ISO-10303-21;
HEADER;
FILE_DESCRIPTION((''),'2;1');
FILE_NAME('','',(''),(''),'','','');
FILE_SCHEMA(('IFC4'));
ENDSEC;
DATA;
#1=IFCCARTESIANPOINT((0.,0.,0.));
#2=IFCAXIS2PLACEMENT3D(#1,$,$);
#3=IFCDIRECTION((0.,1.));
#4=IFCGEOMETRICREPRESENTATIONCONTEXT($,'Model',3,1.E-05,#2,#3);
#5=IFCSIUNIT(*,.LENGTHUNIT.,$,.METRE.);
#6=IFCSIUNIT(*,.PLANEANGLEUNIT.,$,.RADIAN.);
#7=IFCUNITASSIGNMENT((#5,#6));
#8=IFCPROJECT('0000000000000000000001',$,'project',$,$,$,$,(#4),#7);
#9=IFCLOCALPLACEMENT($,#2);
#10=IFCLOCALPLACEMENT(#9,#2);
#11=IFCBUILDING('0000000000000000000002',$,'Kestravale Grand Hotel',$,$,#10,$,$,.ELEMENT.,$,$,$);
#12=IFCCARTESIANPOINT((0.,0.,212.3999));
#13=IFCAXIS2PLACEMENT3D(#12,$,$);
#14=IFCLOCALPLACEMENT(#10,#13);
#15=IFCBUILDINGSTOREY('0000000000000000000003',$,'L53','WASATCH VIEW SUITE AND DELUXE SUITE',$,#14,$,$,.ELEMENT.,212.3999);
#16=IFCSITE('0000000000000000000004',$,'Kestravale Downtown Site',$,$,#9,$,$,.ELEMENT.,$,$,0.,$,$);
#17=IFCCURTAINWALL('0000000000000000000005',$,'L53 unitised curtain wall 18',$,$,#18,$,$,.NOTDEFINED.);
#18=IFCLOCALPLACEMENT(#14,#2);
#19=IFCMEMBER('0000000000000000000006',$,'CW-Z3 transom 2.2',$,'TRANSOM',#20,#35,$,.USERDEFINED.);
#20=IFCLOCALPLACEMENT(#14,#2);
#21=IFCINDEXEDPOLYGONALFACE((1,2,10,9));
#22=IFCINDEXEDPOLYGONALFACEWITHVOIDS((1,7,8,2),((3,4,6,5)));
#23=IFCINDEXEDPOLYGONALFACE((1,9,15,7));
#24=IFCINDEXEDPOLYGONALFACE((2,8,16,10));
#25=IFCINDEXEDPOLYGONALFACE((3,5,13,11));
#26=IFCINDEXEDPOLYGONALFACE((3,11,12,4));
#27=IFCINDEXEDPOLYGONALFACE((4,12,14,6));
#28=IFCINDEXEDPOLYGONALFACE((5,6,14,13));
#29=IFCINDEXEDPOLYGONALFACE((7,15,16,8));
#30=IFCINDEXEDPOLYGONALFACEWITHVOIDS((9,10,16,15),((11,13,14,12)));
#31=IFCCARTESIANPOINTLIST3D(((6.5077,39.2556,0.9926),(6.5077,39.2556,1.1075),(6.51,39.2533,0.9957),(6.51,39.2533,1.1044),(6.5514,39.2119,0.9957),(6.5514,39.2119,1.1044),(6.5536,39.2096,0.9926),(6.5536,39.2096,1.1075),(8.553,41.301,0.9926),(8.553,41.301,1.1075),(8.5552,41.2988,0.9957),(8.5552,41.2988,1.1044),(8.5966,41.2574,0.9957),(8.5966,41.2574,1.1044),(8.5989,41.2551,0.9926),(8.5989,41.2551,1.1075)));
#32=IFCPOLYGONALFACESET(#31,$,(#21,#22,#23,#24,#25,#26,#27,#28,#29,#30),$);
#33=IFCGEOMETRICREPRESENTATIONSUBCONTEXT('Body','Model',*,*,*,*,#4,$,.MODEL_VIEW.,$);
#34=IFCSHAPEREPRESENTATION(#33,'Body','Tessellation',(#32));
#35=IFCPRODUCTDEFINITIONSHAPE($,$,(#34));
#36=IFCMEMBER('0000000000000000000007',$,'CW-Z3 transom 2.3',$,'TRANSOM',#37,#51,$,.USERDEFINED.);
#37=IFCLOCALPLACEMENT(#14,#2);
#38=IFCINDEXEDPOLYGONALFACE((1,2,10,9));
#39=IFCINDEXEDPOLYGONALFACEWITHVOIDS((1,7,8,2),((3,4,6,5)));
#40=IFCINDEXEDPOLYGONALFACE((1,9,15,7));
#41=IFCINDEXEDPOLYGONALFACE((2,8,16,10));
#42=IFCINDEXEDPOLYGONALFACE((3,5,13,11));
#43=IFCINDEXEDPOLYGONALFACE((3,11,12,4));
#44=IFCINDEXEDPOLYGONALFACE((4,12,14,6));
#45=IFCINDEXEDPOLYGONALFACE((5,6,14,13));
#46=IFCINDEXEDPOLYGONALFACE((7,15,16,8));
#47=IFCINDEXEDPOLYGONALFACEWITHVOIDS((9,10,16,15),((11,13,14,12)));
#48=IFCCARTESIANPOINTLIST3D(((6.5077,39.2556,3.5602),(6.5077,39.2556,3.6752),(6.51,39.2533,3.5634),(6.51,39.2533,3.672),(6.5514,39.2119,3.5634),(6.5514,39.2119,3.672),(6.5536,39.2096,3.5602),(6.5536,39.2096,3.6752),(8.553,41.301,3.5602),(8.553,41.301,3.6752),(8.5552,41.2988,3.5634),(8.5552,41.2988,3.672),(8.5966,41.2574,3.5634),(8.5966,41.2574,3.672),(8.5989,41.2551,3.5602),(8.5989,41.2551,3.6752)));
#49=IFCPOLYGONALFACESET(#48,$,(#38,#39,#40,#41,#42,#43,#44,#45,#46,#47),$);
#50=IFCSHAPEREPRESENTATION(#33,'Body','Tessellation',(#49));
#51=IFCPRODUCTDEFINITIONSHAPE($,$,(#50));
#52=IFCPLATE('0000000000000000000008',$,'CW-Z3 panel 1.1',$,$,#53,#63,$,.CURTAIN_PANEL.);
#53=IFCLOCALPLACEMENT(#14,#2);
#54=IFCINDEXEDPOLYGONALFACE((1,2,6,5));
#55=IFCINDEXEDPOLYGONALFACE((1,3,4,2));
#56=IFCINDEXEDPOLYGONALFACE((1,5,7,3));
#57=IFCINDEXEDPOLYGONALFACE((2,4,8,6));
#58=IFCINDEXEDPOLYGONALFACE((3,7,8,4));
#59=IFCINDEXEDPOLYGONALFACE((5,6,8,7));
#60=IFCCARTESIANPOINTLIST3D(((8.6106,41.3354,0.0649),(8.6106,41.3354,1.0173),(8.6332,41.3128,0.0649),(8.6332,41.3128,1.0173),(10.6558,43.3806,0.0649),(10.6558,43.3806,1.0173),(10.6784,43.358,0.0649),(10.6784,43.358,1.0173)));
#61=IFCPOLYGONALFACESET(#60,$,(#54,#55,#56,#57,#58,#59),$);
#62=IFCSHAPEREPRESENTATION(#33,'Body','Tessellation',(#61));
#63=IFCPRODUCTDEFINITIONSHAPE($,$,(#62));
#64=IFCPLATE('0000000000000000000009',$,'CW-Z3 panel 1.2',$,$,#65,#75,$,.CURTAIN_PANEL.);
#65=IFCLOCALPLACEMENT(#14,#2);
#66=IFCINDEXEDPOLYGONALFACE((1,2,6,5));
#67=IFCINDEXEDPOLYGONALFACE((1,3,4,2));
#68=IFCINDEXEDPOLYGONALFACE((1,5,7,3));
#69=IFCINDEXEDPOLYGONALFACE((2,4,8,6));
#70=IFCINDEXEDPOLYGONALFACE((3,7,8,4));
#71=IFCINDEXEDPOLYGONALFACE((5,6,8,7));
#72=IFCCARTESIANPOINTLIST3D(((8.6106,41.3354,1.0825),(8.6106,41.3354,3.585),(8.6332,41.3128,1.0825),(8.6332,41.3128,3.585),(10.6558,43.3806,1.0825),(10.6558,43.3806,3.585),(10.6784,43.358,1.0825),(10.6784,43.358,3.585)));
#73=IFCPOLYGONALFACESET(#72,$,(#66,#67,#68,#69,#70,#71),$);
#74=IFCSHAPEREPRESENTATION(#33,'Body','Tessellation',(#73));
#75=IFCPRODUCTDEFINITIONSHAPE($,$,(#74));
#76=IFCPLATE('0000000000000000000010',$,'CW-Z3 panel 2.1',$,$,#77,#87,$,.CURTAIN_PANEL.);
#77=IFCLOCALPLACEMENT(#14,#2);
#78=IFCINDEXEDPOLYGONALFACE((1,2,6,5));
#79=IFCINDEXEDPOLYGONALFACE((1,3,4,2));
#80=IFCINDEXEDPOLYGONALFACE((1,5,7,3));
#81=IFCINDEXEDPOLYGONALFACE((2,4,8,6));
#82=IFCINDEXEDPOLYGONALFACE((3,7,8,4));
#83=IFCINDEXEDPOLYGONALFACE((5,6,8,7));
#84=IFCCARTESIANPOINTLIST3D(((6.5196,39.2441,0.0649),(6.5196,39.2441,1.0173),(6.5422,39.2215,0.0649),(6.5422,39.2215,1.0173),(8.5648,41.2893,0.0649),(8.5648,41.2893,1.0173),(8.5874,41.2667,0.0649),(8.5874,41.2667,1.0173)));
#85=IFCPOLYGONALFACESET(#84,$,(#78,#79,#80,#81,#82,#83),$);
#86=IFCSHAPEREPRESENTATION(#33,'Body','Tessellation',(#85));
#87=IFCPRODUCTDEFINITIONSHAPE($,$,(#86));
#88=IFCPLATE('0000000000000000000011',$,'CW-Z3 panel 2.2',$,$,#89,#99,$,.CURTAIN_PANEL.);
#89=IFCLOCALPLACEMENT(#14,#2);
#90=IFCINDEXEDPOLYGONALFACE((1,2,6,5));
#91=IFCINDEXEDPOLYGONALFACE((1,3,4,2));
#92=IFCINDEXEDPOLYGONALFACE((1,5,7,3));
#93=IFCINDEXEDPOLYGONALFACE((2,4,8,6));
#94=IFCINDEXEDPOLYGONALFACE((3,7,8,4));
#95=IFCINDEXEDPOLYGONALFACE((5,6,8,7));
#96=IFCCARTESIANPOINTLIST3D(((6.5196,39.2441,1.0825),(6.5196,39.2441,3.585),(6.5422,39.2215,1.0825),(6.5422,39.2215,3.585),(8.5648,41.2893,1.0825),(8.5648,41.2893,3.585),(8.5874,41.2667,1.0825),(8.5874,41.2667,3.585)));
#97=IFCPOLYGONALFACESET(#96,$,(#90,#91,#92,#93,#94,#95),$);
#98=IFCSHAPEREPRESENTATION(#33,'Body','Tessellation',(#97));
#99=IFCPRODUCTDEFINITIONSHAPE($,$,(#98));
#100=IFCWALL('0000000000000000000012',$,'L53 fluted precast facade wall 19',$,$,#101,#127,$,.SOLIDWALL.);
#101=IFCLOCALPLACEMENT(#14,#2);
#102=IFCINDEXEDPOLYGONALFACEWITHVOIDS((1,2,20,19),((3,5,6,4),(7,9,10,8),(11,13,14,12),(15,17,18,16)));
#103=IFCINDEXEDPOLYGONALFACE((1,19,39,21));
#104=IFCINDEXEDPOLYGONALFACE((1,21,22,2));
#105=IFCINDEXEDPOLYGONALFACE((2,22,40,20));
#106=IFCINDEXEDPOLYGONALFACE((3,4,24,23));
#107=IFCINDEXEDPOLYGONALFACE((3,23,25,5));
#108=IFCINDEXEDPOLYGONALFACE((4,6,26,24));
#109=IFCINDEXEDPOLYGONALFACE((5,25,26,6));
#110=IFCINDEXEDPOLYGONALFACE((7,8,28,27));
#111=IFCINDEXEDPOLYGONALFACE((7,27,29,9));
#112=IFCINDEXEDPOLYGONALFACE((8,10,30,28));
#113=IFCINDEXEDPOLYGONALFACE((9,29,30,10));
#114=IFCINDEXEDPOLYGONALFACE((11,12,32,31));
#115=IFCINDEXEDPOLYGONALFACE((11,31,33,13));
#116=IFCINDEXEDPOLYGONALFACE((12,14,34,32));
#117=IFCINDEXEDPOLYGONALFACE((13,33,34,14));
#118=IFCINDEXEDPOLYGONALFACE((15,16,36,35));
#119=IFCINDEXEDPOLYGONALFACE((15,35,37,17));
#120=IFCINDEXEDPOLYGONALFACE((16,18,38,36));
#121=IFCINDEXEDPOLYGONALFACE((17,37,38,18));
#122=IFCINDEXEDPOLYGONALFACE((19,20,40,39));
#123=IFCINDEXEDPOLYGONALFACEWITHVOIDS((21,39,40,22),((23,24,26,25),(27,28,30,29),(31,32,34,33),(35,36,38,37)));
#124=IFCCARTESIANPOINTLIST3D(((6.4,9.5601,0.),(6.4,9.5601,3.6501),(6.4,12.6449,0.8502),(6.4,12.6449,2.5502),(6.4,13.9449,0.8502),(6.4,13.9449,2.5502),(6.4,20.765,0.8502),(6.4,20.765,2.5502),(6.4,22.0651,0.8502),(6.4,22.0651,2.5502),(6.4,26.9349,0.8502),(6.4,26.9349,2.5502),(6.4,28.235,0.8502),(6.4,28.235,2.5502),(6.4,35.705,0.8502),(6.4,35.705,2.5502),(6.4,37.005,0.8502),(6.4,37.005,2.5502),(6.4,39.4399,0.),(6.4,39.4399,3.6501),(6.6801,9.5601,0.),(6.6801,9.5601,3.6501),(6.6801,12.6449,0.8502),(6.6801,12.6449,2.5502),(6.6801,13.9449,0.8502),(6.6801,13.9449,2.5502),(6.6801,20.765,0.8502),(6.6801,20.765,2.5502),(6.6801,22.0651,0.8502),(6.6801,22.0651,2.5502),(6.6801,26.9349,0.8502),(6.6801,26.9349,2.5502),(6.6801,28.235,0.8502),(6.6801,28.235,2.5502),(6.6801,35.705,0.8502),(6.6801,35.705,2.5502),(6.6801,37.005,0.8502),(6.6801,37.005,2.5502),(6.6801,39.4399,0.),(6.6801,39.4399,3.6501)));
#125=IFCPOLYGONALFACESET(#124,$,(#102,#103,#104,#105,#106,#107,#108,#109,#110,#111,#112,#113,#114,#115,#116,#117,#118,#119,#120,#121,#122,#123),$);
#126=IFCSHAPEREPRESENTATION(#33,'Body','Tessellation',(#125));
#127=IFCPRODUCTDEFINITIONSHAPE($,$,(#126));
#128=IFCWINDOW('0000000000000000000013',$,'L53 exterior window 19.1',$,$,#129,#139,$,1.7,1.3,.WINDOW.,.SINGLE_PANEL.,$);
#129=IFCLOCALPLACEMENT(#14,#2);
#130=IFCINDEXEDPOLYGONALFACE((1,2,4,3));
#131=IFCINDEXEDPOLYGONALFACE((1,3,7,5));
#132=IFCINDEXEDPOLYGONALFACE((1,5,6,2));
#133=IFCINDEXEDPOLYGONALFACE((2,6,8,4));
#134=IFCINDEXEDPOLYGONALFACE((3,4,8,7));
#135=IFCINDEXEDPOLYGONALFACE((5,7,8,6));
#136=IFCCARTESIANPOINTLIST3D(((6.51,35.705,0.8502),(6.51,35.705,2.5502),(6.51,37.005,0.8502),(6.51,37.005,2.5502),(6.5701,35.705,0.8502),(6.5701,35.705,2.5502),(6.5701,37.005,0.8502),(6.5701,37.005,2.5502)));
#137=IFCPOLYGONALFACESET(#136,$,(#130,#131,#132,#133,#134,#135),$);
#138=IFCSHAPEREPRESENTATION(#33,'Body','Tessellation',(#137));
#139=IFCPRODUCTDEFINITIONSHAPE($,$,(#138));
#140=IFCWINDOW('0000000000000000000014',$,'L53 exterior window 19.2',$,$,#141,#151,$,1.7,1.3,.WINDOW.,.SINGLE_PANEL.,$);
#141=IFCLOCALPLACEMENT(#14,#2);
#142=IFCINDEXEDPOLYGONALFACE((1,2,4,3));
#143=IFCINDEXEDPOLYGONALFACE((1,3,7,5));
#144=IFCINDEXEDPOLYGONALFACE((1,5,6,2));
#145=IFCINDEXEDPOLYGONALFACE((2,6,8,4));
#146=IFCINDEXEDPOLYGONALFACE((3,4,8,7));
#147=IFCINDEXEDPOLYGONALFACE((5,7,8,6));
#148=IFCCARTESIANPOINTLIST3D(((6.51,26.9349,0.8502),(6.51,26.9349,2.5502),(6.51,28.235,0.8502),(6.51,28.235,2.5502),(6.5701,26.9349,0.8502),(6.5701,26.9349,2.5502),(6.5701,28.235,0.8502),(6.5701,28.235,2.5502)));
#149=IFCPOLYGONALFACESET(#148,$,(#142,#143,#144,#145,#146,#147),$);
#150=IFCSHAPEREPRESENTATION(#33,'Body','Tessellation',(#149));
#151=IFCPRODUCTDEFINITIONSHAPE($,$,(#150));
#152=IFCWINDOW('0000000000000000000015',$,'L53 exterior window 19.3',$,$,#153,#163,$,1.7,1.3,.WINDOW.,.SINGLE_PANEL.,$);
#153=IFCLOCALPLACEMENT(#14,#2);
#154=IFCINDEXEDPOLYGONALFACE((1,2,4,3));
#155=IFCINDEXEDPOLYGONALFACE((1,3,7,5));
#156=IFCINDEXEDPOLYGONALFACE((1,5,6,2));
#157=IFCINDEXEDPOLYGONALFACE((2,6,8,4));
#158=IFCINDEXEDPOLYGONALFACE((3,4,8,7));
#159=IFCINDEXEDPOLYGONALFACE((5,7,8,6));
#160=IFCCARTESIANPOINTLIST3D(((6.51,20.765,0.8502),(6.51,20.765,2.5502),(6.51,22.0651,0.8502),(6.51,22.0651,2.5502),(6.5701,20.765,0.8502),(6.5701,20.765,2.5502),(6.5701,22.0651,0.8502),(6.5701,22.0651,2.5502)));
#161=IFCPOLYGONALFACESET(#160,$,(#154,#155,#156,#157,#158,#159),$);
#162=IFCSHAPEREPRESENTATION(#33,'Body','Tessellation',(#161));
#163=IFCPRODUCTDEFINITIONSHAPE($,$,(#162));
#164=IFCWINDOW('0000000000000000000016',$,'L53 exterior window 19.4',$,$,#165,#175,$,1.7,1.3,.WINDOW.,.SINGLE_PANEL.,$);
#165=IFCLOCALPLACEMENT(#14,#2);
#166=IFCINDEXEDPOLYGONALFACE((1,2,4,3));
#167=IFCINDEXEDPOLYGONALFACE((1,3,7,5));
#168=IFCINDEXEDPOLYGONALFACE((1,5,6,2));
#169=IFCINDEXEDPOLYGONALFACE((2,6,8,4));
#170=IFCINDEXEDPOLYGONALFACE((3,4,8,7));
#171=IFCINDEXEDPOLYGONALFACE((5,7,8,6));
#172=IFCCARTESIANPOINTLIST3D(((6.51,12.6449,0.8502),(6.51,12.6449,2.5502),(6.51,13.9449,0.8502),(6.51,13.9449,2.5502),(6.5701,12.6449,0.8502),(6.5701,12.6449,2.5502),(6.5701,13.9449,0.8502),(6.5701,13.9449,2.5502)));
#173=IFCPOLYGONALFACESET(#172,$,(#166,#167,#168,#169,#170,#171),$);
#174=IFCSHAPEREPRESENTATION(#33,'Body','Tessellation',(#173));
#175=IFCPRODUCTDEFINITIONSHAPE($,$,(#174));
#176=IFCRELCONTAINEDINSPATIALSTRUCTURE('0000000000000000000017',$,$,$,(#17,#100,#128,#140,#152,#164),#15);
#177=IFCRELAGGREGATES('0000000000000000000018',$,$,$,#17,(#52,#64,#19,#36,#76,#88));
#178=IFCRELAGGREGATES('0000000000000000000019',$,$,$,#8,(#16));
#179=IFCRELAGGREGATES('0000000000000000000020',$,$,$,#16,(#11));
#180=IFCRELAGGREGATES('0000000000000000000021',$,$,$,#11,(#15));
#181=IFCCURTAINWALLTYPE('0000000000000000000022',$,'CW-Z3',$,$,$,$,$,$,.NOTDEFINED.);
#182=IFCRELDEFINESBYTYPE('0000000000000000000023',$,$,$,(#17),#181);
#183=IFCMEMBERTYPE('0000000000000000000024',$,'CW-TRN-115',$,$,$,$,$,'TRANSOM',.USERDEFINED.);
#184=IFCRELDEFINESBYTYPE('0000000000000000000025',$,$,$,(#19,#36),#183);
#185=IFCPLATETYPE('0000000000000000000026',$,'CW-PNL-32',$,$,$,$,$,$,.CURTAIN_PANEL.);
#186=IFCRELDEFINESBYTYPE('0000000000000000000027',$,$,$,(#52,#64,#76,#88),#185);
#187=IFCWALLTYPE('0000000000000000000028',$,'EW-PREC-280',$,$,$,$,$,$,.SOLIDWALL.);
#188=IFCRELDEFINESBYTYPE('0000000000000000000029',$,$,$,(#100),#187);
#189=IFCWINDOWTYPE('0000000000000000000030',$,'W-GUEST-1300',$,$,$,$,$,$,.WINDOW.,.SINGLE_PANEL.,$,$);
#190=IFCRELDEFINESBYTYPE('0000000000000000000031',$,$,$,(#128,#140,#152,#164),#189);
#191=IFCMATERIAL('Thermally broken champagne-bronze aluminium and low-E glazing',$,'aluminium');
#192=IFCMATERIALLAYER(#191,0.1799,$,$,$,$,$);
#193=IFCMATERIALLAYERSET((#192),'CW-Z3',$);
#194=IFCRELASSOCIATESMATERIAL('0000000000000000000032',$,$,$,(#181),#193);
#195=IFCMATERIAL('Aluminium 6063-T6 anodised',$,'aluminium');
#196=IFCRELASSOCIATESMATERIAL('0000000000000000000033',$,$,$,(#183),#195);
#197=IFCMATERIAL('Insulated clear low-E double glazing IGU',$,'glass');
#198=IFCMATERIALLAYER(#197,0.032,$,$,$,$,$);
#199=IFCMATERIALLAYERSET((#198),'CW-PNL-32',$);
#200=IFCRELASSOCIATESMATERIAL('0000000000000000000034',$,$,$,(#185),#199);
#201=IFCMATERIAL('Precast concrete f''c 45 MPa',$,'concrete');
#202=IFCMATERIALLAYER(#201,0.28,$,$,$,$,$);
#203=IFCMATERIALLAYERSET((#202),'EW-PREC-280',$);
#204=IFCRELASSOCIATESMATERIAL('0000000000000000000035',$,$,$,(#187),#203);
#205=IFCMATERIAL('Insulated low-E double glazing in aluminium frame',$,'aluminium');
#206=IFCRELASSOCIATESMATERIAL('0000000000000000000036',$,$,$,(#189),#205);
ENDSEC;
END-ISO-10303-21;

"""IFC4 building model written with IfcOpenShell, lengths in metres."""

from ifc_helpers import new_model, si_unit, direction, frame, frame_2d, origin, origin_2d, place, context, subcontext, project, spatial, rectangle, hollow_rectangle, extrude, material, layer, layer_set, material_profile, profile_set, type_object, element, fill, aggregate, save


model = new_model("IFC4")

# Units and contexts
model_context = context("Model", 3, precision=1e-05, world=origin(), true_north=direction((0.0, 1.0)))
body_context = subcontext(model_context, "Body", "Model", "MODEL_VIEW")
ifc_project = project(units=[si_unit("LENGTHUNIT", "METRE"), si_unit("PLANEANGLEUNIT", "RADIAN")], contexts=[model_context])

# Site, building, storey
site_placement = place(None, origin())
site = spatial("IfcSite", under=ifc_project, at=site_placement, Name="Kestravale Downtown Site", CompositionType="ELEMENT", RefElevation=0.0)
building_placement = place(site_placement, origin())
building = spatial("IfcBuilding", under=site, at=building_placement, Name="Kestravale Grand Hotel", CompositionType="ELEMENT")
storey_placement = place(building_placement, frame((0.0, 0.0, 212.3999)))
storey = spatial("IfcBuildingStorey", under=building, at=storey_placement, Name="L53", Description="WASATCH VIEW SUITE AND DELUXE SUITE", CompositionType="ELEMENT", Elevation=212.3999)

# Curtain wall, members, plates
ifc_material_1 = material(Name="Thermally broken champagne-bronze aluminium and low-E glazing", Category="aluminium")
ifc_layer_1 = layer(ifc_material_1, 0.1799)
ifc_layer_set_1 = layer_set([ifc_layer_1], Name="CW-Z3")
curtain_wall_type = type_object("IfcCurtainWallType", Name="CW-Z3", PredefinedType="NOTDEFINED", material=ifc_layer_set_1)
curtain_wall_placement = place(storey_placement, origin())
curtain_wall = element("IfcCurtainWall", 1, at=curtain_wall_placement, inside=storey, type_object=curtain_wall_type, Name="L53 unitised curtain wall 18", PredefinedType="NOTDEFINED")
ifc_material_2 = material(Name="Aluminium 6063-T6 anodised", Category="aluminium")
ifc_material_profile_1 = material_profile(ifc_material_2, hollow_rectangle(XDim=0.0649, YDim=0.115, WallThickness=0.0032, at=origin_2d()))
ifc_profile_set_1 = profile_set([ifc_material_profile_1], Name="Aluminium 6063-T6 anodised")
member_type_1 = type_object("IfcMemberType", Name="CW-TRN-115", ElementType="TRANSOM", PredefinedType="USERDEFINED", material=ifc_profile_set_1)
member_1_placement = place(storey_placement, frame((8.5759, 41.2781, 1.05), z_axis=(-0.707065, -0.707149, 0.0), x_axis=(0.707149, -0.707065, 0.0)))
member_1 = element("IfcMember", 2, at=member_1_placement, type_object=member_type_1, Name="CW-Z3 transom 2.2", ObjectType="TRANSOM", PredefinedType="USERDEFINED", context=body_context, shape_type="SweptSolid", body=[
    extrude(hollow_rectangle(XDim=0.0649, YDim=0.115, WallThickness=0.0032, at=origin_2d()), origin(), (0.0, 0.0, 1.0), 2.8926),
])
member_2_placement = place(storey_placement, frame((8.5759, 41.2781, 3.6177), z_axis=(-0.707065, -0.707149, 0.0), x_axis=(0.707149, -0.707065, 0.0)))
member_2 = element("IfcMember", 3, at=member_2_placement, type_object=member_type_1, Name="CW-Z3 transom 2.3", ObjectType="TRANSOM", PredefinedType="USERDEFINED", context=body_context, shape_type="SweptSolid", body=[
    extrude(hollow_rectangle(XDim=0.0649, YDim=0.115, WallThickness=0.0032, at=origin_2d()), origin(), (0.0, 0.0, 1.0), 2.8926),
])
ifc_material_3 = material(Name="Insulated clear low-E double glazing IGU", Category="glass")
ifc_layer_2 = layer(ifc_material_3, 0.032)
ifc_layer_set_2 = layer_set([ifc_layer_2], Name="CW-PNL-32")
plate_type = type_object("IfcPlateType", Name="CW-PNL-32", PredefinedType="CURTAIN_PANEL", material=ifc_layer_set_2)
plate_1_placement = place(storey_placement, frame((9.6445, 42.3467, 0.0649), z_axis=(0.0, 0.0, 1.0), x_axis=(-0.707107, -0.707107, 0.0)))
plate_1 = element("IfcPlate", 4, at=plate_1_placement, type_object=plate_type, Name="CW-Z3 panel 1.1", PredefinedType="CURTAIN_PANEL", context=body_context, shape_type="SweptSolid", body=[
    extrude(rectangle(XDim=2.8923, YDim=0.032, at=origin_2d()), origin(), (0.0, 0.0, 1.0), 0.9524),
])
plate_2_placement = place(storey_placement, frame((9.6445, 42.3467, 1.0825), z_axis=(0.0, 0.0, 1.0), x_axis=(-0.707107, -0.707107, 0.0)))
plate_2 = element("IfcPlate", 5, at=plate_2_placement, type_object=plate_type, Name="CW-Z3 panel 1.2", PredefinedType="CURTAIN_PANEL", context=body_context, shape_type="SweptSolid", body=[
    extrude(rectangle(XDim=2.8923, YDim=0.032, at=origin_2d()), origin(), (0.0, 0.0, 1.0), 2.5024),
])
plate_3_placement = place(storey_placement, frame((7.5535, 40.2554, 0.0649), z_axis=(0.0, 0.0, 1.0), x_axis=(-0.707107, -0.707107, 0.0)))
plate_3 = element("IfcPlate", 6, at=plate_3_placement, type_object=plate_type, Name="CW-Z3 panel 2.1", PredefinedType="CURTAIN_PANEL", context=body_context, shape_type="SweptSolid", body=[
    extrude(rectangle(XDim=2.8923, YDim=0.032, at=origin_2d()), origin(), (0.0, 0.0, 1.0), 0.9524),
])
plate_4_placement = place(storey_placement, frame((7.5535, 40.2554, 1.0825), z_axis=(0.0, 0.0, 1.0), x_axis=(-0.707107, -0.707107, 0.0)))
plate_4 = element("IfcPlate", 7, at=plate_4_placement, type_object=plate_type, Name="CW-Z3 panel 2.2", PredefinedType="CURTAIN_PANEL", context=body_context, shape_type="SweptSolid", body=[
    extrude(rectangle(XDim=2.8923, YDim=0.032, at=origin_2d()), origin(), (0.0, 0.0, 1.0), 2.5024),
])
aggregate(curtain_wall, [plate_1, plate_2, member_1, member_2, plate_3, plate_4])

# Wall, openings, windows
ifc_material_4 = material(Name="Precast concrete f'c 45 MPa", Category="concrete")
ifc_layer_3 = layer(ifc_material_4, 0.28)
ifc_layer_set_3 = layer_set([ifc_layer_3], Name="EW-PREC-280")
wall_type_1 = type_object("IfcWallType", Name="EW-PREC-280", PredefinedType="SOLIDWALL", material=ifc_layer_set_3)
wall_1_placement = place(storey_placement, frame((6.54, 39.4399, 0.0), z_axis=(0.0, 0.0, 1.0), x_axis=(0.0, -1.0, 0.0)))
wall_1 = element("IfcWall", 8, at=wall_1_placement, inside=storey, type_object=wall_type_1, Name="L53 fluted precast facade wall 19", PredefinedType="SOLIDWALL", context=body_context, shape_type="SweptSolid", body=[
    extrude(rectangle(XDim=29.8799, YDim=0.28, at=frame_2d((14.9399, 0.0))), origin(), (0.0, 0.0, 1.0), 3.6501),
])
opening_1_placement = place(wall_1_placement, frame((2.4351, 0.0, 0.8501)))
opening_1 = element("IfcOpeningElement", 9, at=opening_1_placement, cuts=wall_1, PredefinedType="OPENING", context=body_context, shape_type="SweptSolid", body=[
    extrude(rectangle(XDim=1.3, YDim=1.7, at=frame_2d((0.6499, 0.8501))), frame((0.0, 0.1499, 0.0), z_axis=(0.0, -1.0, 0.0), x_axis=(1.0, 0.0, 0.0)), (0.0, 0.0, 1.0), 0.3),
])
opening_2_placement = place(wall_1_placement, frame((11.2051, 0.0, 0.8501)))
opening_2 = element("IfcOpeningElement", 10, at=opening_2_placement, cuts=wall_1, PredefinedType="OPENING", context=body_context, shape_type="SweptSolid", body=[
    extrude(rectangle(XDim=1.3, YDim=1.7, at=frame_2d((0.6499, 0.8501))), frame((0.0, 0.1499, 0.0), z_axis=(0.0, -1.0, 0.0), x_axis=(1.0, 0.0, 0.0)), (0.0, 0.0, 1.0), 0.3),
])
opening_3_placement = place(wall_1_placement, frame((17.375, 0.0, 0.8501)))
opening_3 = element("IfcOpeningElement", 11, at=opening_3_placement, cuts=wall_1, PredefinedType="OPENING", context=body_context, shape_type="SweptSolid", body=[
    extrude(rectangle(XDim=1.3, YDim=1.7, at=frame_2d((0.6499, 0.8501))), frame((0.0, 0.1499, 0.0), z_axis=(0.0, -1.0, 0.0), x_axis=(1.0, 0.0, 0.0)), (0.0, 0.0, 1.0), 0.3),
])
opening_4_placement = place(wall_1_placement, frame((25.4951, 0.0, 0.8501)))
opening_4 = element("IfcOpeningElement", 12, at=opening_4_placement, cuts=wall_1, PredefinedType="OPENING", context=body_context, shape_type="SweptSolid", body=[
    extrude(rectangle(XDim=1.3, YDim=1.7, at=frame_2d((0.6499, 0.8501))), frame((0.0, 0.1499, 0.0), z_axis=(0.0, -1.0, 0.0), x_axis=(1.0, 0.0, 0.0)), (0.0, 0.0, 1.0), 0.3),
])
ifc_material_5 = material(Name="Insulated low-E double glazing in aluminium frame", Category="aluminium")
window_type = type_object("IfcWindowType", Name="W-GUEST-1300", PartitioningType="SINGLE_PANEL", PredefinedType="WINDOW", material=ifc_material_5)
window_1_placement = place(opening_1_placement, origin())
window_1 = element("IfcWindow", 13, at=window_1_placement, inside=storey, type_object=window_type, Name="L53 exterior window 19.1", OverallHeight=1.7, OverallWidth=1.3, PartitioningType="SINGLE_PANEL", PredefinedType="WINDOW", context=body_context, shape_type="SweptSolid", body=[
    extrude(rectangle(XDim=1.3, YDim=1.7, at=frame_2d((0.6499, 0.8501))), frame((0.0, 0.03, 0.0), z_axis=(0.0, -1.0, 0.0), x_axis=(1.0, 0.0, 0.0)), (0.0, 0.0, 1.0), 0.0601),
])
fill(opening_1, window_1)
window_2_placement = place(opening_2_placement, origin())
window_2 = element("IfcWindow", 14, at=window_2_placement, inside=storey, type_object=window_type, Name="L53 exterior window 19.2", OverallHeight=1.7, OverallWidth=1.3, PartitioningType="SINGLE_PANEL", PredefinedType="WINDOW", context=body_context, shape_type="SweptSolid", body=[
    extrude(rectangle(XDim=1.3, YDim=1.7, at=frame_2d((0.6499, 0.8501))), frame((0.0, 0.03, 0.0), z_axis=(0.0, -1.0, 0.0), x_axis=(1.0, 0.0, 0.0)), (0.0, 0.0, 1.0), 0.0601),
])
fill(opening_2, window_2)
window_3_placement = place(opening_3_placement, origin())
window_3 = element("IfcWindow", 15, at=window_3_placement, inside=storey, type_object=window_type, Name="L53 exterior window 19.3", OverallHeight=1.7, OverallWidth=1.3, PartitioningType="SINGLE_PANEL", PredefinedType="WINDOW", context=body_context, shape_type="SweptSolid", body=[
    extrude(rectangle(XDim=1.3, YDim=1.7, at=frame_2d((0.6499, 0.8501))), frame((0.0, 0.03, 0.0), z_axis=(0.0, -1.0, 0.0), x_axis=(1.0, 0.0, 0.0)), (0.0, 0.0, 1.0), 0.0601),
])
fill(opening_3, window_3)
window_4_placement = place(opening_4_placement, origin())
window_4 = element("IfcWindow", 16, at=window_4_placement, inside=storey, type_object=window_type, Name="L53 exterior window 19.4", OverallHeight=1.7, OverallWidth=1.3, PartitioningType="SINGLE_PANEL", PredefinedType="WINDOW", context=body_context, shape_type="SweptSolid", body=[
    extrude(rectangle(XDim=1.3, YDim=1.7, at=frame_2d((0.6499, 0.8501))), frame((0.0, 0.03, 0.0), z_axis=(0.0, -1.0, 0.0), x_axis=(1.0, 0.0, 0.0)), (0.0, 0.0, 1.0), 0.0601),
])
fill(opening_4, window_4)

save(model, "model.ifc")
